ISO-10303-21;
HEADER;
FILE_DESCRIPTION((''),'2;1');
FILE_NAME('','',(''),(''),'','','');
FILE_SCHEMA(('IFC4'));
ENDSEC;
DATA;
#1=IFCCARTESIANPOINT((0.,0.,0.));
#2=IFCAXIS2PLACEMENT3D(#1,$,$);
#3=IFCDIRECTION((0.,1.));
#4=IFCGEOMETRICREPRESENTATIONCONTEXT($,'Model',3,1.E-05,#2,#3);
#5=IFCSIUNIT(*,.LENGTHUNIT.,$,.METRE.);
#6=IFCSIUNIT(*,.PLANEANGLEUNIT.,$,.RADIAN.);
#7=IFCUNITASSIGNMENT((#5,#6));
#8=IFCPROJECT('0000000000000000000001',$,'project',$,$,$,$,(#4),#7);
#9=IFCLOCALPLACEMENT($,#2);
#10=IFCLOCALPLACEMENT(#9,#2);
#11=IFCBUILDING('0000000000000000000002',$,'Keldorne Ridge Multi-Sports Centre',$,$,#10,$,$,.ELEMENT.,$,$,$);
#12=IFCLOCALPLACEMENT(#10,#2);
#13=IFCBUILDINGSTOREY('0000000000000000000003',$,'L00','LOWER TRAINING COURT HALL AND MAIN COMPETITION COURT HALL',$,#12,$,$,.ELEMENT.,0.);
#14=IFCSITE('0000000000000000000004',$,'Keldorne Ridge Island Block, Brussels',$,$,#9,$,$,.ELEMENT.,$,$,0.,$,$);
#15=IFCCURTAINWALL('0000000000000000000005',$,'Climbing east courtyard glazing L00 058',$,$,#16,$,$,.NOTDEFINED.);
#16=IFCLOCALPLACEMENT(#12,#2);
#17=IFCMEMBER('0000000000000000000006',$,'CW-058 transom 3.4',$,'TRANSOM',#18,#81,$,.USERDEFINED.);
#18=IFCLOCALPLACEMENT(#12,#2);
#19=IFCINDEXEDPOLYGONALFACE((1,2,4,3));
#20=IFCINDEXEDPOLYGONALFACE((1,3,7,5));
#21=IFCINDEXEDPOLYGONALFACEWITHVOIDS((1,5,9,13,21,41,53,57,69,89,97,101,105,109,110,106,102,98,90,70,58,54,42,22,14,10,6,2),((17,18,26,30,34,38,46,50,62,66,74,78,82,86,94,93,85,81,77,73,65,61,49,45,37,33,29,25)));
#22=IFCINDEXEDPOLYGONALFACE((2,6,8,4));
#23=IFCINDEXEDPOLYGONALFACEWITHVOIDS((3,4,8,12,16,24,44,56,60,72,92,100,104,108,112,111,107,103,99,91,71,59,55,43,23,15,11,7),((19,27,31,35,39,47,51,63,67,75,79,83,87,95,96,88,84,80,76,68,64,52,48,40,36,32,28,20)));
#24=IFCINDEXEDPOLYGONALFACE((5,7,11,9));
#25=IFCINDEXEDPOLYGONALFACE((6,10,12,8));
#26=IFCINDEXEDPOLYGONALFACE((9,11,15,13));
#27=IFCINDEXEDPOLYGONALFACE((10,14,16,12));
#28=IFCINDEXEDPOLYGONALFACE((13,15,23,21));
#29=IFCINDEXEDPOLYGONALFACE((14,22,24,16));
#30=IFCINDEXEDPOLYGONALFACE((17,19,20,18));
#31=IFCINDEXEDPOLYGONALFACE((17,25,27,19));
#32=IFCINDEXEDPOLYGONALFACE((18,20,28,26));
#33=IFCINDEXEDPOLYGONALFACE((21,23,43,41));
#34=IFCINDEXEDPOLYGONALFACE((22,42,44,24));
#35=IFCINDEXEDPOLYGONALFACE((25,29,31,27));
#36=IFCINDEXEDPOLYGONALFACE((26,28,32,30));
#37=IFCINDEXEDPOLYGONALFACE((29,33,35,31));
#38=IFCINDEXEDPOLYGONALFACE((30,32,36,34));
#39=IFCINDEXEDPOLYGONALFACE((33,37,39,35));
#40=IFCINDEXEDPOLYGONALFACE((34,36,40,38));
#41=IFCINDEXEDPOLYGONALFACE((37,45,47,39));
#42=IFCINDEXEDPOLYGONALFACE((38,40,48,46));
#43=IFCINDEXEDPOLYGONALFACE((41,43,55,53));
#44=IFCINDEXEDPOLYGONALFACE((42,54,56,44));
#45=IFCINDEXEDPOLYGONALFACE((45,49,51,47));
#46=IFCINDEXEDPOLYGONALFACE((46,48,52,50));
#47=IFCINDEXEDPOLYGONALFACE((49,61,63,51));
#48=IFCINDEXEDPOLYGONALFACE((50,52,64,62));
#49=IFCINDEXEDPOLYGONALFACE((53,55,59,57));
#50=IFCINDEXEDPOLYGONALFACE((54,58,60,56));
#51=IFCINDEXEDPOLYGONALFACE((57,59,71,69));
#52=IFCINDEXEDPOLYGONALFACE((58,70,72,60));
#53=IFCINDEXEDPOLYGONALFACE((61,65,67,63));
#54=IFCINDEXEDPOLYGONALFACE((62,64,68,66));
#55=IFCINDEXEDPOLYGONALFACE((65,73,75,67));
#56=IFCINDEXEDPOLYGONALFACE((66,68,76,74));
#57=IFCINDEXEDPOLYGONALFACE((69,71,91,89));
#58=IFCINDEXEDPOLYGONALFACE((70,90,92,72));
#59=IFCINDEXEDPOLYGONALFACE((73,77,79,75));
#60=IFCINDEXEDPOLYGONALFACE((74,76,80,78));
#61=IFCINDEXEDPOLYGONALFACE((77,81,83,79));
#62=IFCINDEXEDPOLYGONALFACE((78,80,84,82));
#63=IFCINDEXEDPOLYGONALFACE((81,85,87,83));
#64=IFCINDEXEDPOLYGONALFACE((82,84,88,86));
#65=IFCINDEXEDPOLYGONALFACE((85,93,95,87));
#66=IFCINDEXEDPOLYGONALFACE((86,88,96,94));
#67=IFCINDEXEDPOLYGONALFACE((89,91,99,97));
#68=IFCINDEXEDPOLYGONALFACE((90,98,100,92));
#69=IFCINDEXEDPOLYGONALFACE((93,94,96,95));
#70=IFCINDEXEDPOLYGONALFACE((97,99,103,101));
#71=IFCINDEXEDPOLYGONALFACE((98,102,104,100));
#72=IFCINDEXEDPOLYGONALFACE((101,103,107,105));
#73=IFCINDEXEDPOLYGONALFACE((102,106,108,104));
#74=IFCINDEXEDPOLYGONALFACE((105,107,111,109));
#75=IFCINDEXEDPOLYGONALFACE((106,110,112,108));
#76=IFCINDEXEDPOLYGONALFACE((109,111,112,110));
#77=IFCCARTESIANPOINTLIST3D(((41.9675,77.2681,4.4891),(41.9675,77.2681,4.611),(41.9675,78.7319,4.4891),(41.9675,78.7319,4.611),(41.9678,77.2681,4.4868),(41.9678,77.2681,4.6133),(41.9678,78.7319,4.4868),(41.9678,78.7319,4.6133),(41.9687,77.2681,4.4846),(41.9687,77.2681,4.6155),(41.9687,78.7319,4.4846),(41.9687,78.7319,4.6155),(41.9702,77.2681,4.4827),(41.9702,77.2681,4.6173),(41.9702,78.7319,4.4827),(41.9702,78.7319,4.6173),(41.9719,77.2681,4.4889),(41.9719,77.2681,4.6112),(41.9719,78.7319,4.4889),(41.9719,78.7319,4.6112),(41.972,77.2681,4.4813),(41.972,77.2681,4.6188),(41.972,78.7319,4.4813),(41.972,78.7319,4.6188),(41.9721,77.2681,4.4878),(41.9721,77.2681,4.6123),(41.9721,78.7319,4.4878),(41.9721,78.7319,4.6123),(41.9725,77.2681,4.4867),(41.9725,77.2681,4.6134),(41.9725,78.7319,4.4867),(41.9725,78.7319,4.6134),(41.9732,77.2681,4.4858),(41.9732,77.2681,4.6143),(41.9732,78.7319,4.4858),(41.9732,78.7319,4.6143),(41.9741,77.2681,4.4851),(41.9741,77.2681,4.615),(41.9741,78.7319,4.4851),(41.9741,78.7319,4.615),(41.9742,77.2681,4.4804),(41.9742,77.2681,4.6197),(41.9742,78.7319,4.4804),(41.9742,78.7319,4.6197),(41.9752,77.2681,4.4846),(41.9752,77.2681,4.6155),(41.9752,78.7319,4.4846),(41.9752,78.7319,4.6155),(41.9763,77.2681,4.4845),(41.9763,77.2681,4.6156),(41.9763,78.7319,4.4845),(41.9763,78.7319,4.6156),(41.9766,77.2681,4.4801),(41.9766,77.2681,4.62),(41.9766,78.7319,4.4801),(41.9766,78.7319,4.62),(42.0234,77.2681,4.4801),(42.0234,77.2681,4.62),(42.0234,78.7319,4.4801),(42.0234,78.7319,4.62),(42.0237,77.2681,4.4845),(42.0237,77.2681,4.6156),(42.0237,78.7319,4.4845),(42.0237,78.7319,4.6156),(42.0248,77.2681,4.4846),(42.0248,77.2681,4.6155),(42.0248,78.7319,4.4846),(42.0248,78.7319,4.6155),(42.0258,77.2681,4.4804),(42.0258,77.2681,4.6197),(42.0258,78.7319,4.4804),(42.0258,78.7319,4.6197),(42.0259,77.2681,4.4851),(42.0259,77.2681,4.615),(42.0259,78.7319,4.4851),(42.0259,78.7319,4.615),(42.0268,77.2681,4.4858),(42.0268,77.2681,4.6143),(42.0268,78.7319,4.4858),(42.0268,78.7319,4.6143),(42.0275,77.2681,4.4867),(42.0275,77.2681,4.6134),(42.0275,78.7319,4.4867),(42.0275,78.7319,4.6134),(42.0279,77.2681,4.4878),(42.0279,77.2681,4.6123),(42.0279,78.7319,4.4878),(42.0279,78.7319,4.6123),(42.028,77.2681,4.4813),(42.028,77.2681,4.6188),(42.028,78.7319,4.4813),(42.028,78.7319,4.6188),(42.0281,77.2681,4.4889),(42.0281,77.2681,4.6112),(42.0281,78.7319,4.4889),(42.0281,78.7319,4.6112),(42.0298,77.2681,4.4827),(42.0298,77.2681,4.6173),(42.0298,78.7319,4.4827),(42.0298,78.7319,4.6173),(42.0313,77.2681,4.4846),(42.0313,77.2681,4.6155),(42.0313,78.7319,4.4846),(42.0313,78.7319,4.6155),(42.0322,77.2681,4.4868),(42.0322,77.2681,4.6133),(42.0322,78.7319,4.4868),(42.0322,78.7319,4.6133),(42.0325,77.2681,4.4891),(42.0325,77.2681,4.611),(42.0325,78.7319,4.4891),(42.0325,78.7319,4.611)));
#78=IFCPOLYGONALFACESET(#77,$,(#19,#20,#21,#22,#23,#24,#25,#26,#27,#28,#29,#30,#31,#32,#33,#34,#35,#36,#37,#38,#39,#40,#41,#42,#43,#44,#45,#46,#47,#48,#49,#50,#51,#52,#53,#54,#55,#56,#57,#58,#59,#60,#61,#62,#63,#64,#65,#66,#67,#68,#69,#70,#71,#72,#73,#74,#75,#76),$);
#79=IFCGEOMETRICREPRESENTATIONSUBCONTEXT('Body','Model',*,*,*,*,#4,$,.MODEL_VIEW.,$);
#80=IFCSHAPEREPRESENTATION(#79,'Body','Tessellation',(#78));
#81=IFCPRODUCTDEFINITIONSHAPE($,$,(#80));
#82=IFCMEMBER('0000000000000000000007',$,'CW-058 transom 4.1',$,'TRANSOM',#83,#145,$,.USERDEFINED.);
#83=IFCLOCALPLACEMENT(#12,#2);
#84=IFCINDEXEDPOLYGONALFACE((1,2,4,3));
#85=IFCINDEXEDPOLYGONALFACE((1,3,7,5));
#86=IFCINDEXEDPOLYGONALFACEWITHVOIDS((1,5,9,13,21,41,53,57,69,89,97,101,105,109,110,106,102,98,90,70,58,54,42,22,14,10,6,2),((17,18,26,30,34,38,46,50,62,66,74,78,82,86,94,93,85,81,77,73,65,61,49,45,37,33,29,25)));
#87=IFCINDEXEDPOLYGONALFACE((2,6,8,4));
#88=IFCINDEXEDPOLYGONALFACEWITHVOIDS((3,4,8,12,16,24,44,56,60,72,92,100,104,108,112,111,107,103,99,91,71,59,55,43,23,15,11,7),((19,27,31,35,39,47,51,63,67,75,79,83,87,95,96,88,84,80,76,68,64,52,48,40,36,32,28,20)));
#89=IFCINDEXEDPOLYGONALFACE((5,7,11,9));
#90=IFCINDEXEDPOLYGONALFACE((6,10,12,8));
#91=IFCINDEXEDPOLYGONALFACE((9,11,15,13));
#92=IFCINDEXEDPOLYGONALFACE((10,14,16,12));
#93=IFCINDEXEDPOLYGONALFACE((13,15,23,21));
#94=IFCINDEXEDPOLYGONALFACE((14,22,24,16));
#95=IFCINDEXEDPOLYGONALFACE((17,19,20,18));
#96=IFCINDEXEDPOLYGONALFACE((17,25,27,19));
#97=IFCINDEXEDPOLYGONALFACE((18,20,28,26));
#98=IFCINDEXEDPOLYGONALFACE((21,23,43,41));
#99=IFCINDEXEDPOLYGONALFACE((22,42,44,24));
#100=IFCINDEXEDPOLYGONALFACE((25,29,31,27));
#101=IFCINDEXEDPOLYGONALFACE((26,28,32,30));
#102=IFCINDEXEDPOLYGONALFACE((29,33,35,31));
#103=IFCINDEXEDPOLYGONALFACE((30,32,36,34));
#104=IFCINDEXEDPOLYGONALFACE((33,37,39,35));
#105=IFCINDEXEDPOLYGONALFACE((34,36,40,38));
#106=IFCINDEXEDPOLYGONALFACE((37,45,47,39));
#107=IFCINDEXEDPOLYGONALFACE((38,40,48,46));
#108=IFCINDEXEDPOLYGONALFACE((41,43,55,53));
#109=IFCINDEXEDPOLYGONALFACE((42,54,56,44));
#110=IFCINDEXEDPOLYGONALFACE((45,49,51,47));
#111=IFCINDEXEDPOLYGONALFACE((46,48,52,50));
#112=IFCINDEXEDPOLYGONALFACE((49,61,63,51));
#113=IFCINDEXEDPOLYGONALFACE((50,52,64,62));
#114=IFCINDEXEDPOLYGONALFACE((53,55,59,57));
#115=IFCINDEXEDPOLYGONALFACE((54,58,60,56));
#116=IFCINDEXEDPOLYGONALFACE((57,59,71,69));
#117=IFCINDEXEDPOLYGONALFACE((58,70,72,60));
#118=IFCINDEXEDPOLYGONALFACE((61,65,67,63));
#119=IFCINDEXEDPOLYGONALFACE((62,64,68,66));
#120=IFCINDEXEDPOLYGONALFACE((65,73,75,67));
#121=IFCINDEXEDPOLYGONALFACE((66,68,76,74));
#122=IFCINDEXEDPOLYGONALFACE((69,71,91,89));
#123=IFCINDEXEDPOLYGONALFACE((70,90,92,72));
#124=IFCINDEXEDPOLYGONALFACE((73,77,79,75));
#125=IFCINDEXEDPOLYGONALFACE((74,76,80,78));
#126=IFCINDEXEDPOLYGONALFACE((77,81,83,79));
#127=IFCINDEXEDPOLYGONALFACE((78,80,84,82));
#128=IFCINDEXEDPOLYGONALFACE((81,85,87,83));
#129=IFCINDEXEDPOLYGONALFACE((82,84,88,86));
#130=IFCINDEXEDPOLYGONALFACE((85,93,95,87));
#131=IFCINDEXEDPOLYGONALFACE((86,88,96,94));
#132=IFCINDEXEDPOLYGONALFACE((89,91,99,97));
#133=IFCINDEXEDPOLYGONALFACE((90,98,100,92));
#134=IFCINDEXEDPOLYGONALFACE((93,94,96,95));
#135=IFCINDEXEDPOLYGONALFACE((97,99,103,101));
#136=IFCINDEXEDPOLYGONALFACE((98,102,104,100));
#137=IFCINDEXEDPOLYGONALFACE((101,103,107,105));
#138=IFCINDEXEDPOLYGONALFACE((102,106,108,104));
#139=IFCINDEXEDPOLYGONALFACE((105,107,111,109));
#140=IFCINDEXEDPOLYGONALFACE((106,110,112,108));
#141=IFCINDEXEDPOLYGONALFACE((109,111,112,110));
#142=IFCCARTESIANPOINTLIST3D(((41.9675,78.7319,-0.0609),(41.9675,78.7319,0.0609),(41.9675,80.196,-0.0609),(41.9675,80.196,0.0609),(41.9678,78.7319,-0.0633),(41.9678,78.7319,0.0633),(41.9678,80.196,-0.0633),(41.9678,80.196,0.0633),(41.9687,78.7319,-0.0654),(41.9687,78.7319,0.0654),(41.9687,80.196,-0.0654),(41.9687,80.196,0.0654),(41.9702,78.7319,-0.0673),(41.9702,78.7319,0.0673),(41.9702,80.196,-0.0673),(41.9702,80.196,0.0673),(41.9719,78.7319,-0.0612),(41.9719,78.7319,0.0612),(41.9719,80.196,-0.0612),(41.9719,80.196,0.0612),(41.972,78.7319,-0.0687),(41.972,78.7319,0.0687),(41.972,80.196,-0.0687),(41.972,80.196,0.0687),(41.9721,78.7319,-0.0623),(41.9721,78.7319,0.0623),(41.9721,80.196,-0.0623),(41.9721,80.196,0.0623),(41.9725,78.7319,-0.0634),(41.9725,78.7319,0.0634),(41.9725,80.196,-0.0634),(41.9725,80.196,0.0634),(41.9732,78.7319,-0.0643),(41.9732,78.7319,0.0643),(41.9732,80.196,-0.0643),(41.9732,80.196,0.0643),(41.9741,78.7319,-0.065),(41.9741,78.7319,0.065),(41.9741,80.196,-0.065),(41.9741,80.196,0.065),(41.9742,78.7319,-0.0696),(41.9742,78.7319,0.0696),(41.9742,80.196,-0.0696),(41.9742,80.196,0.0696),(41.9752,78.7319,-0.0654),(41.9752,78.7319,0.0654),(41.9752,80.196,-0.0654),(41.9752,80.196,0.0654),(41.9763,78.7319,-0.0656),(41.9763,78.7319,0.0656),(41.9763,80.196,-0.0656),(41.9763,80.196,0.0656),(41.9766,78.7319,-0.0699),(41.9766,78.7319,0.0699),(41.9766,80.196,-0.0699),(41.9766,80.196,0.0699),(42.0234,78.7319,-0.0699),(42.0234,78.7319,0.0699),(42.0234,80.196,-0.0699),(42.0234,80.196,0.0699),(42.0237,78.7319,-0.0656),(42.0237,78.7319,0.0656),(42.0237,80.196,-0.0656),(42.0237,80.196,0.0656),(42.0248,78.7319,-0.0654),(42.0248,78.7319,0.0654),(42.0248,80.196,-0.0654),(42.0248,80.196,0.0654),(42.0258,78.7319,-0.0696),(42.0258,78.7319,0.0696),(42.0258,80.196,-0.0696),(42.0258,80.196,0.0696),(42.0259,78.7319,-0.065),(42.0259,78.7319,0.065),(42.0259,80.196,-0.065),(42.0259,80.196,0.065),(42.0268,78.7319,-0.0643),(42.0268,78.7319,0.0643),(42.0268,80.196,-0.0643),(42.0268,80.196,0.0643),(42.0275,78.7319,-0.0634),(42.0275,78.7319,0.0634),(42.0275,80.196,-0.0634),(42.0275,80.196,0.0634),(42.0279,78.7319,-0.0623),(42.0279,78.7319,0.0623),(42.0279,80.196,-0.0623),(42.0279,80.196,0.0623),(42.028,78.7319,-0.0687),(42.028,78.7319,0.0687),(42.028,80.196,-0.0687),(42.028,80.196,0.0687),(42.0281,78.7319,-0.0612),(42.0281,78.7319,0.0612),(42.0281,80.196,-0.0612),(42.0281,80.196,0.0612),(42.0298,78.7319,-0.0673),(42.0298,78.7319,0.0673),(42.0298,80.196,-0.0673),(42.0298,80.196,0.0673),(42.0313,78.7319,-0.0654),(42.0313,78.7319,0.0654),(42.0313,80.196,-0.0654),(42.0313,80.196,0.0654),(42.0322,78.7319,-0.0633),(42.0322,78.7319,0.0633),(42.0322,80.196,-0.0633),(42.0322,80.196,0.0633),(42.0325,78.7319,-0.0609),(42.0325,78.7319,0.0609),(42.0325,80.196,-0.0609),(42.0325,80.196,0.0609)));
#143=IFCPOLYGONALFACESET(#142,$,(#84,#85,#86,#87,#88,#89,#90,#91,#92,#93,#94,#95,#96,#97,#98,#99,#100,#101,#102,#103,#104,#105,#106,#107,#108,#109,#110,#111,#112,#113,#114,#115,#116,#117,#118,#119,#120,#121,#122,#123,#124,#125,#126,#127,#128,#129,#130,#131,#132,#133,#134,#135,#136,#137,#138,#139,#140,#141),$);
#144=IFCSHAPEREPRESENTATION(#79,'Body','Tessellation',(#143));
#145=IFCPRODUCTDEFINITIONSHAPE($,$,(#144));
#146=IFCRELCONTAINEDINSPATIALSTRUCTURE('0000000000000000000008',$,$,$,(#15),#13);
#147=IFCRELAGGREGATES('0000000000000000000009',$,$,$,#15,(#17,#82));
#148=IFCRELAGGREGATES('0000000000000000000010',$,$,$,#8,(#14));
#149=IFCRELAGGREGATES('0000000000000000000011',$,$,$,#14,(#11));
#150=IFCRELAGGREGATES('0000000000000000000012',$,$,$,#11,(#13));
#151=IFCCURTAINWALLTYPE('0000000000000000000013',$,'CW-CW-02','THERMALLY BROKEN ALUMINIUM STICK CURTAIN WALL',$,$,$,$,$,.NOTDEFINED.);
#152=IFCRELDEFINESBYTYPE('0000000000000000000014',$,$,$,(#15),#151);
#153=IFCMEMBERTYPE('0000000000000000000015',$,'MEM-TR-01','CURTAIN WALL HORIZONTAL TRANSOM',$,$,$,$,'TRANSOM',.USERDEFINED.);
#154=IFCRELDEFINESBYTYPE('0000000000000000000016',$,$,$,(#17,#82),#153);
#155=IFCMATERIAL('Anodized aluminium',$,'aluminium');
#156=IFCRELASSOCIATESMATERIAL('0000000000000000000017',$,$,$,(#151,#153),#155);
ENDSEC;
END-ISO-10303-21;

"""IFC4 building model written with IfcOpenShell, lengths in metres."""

from ifc_helpers import new_model, si_unit, direction, frame, origin, origin_2d, place, context, subcontext, project, spatial, hollow_rectangle, extrude, material, material_profile, profile_set, type_object, element, aggregate, save


model = new_model("IFC4")

# Units and contexts
model_context = context("Model", 3, precision=1e-05, world=origin(), true_north=direction((0.0, 1.0)))
body_context = subcontext(model_context, "Body", "Model", "MODEL_VIEW")
ifc_project = project(units=[si_unit("LENGTHUNIT", "METRE"), si_unit("PLANEANGLEUNIT", "RADIAN")], contexts=[model_context])

# Site, building, storey
site_placement = place(None, origin())
site = spatial("IfcSite", under=ifc_project, at=site_placement, Name="Keldorne Ridge Island Block, Brussels", CompositionType="ELEMENT", RefElevation=0.0)
building_placement = place(site_placement, origin())
building = spatial("IfcBuilding", under=site, at=building_placement, Name="Keldorne Ridge Multi-Sports Centre", CompositionType="ELEMENT")
storey_placement = place(building_placement, origin())
storey = spatial("IfcBuildingStorey", under=building, at=storey_placement, Name="L00", Description="LOWER TRAINING COURT HALL AND MAIN COMPETITION COURT HALL", CompositionType="ELEMENT", Elevation=0.0)

# Curtain wall, members
ifc_material_1 = material(Name="Anodized aluminium", Category="aluminium")
curtain_wall_type = type_object("IfcCurtainWallType", Name="CW-CW-02", Description="THERMALLY BROKEN ALUMINIUM STICK CURTAIN WALL", PredefinedType="NOTDEFINED", material=ifc_material_1)
curtain_wall_placement = place(storey_placement, origin())
curtain_wall = element("IfcCurtainWall", 1, at=curtain_wall_placement, inside=storey, type_object=curtain_wall_type, Name="Climbing east courtyard glazing L00 058", PredefinedType="NOTDEFINED")
ifc_material_profile_1 = material_profile(ifc_material_1, hollow_rectangle(XDim=0.0649, YDim=0.1399, WallThickness=0.0044, InnerFilletRadius=0.0044, OuterFilletRadius=0.009, at=origin_2d()), Name="ALU TRANSOM 140x65x4.5")
ifc_profile_set_1 = profile_set([ifc_material_profile_1], Name="Anodized aluminium")
member_type_1 = type_object("IfcMemberType", Name="MEM-TR-01", Description="CURTAIN WALL HORIZONTAL TRANSOM", ElementType="TRANSOM", PredefinedType="USERDEFINED", material=ifc_profile_set_1)
member_1_placement = place(storey_placement, frame((42.0, 77.2681, 4.55), z_axis=(0.0, 1.0, 0.0), x_axis=(-1.0, 0.0, 0.0)))
member_1 = element("IfcMember", 2, at=member_1_placement, type_object=member_type_1, Name="CW-058 transom 3.4", ObjectType="TRANSOM", PredefinedType="USERDEFINED", context=body_context, shape_type="SweptSolid", body=[
    extrude(hollow_rectangle(XDim=0.0649, YDim=0.1399, WallThickness=0.0044, InnerFilletRadius=0.0044, OuterFilletRadius=0.009, at=origin_2d()), origin(), (0.0, 0.0, 1.0), 1.4639),
])
member_2_placement = place(storey_placement, frame((42.0, 78.7319, 0.0), z_axis=(0.0, 1.0, 0.0), x_axis=(-1.0, 0.0, 0.0)))
member_2 = element("IfcMember", 3, at=member_2_placement, type_object=member_type_1, Name="CW-058 transom 4.1", ObjectType="TRANSOM", PredefinedType="USERDEFINED", context=body_context, shape_type="SweptSolid", body=[
    extrude(hollow_rectangle(XDim=0.0649, YDim=0.1399, WallThickness=0.0044, InnerFilletRadius=0.0044, OuterFilletRadius=0.009, at=origin_2d()), origin(), (0.0, 0.0, 1.0), 1.4641),
])
aggregate(curtain_wall, [member_1, member_2])

save(model, "model.ifc")
